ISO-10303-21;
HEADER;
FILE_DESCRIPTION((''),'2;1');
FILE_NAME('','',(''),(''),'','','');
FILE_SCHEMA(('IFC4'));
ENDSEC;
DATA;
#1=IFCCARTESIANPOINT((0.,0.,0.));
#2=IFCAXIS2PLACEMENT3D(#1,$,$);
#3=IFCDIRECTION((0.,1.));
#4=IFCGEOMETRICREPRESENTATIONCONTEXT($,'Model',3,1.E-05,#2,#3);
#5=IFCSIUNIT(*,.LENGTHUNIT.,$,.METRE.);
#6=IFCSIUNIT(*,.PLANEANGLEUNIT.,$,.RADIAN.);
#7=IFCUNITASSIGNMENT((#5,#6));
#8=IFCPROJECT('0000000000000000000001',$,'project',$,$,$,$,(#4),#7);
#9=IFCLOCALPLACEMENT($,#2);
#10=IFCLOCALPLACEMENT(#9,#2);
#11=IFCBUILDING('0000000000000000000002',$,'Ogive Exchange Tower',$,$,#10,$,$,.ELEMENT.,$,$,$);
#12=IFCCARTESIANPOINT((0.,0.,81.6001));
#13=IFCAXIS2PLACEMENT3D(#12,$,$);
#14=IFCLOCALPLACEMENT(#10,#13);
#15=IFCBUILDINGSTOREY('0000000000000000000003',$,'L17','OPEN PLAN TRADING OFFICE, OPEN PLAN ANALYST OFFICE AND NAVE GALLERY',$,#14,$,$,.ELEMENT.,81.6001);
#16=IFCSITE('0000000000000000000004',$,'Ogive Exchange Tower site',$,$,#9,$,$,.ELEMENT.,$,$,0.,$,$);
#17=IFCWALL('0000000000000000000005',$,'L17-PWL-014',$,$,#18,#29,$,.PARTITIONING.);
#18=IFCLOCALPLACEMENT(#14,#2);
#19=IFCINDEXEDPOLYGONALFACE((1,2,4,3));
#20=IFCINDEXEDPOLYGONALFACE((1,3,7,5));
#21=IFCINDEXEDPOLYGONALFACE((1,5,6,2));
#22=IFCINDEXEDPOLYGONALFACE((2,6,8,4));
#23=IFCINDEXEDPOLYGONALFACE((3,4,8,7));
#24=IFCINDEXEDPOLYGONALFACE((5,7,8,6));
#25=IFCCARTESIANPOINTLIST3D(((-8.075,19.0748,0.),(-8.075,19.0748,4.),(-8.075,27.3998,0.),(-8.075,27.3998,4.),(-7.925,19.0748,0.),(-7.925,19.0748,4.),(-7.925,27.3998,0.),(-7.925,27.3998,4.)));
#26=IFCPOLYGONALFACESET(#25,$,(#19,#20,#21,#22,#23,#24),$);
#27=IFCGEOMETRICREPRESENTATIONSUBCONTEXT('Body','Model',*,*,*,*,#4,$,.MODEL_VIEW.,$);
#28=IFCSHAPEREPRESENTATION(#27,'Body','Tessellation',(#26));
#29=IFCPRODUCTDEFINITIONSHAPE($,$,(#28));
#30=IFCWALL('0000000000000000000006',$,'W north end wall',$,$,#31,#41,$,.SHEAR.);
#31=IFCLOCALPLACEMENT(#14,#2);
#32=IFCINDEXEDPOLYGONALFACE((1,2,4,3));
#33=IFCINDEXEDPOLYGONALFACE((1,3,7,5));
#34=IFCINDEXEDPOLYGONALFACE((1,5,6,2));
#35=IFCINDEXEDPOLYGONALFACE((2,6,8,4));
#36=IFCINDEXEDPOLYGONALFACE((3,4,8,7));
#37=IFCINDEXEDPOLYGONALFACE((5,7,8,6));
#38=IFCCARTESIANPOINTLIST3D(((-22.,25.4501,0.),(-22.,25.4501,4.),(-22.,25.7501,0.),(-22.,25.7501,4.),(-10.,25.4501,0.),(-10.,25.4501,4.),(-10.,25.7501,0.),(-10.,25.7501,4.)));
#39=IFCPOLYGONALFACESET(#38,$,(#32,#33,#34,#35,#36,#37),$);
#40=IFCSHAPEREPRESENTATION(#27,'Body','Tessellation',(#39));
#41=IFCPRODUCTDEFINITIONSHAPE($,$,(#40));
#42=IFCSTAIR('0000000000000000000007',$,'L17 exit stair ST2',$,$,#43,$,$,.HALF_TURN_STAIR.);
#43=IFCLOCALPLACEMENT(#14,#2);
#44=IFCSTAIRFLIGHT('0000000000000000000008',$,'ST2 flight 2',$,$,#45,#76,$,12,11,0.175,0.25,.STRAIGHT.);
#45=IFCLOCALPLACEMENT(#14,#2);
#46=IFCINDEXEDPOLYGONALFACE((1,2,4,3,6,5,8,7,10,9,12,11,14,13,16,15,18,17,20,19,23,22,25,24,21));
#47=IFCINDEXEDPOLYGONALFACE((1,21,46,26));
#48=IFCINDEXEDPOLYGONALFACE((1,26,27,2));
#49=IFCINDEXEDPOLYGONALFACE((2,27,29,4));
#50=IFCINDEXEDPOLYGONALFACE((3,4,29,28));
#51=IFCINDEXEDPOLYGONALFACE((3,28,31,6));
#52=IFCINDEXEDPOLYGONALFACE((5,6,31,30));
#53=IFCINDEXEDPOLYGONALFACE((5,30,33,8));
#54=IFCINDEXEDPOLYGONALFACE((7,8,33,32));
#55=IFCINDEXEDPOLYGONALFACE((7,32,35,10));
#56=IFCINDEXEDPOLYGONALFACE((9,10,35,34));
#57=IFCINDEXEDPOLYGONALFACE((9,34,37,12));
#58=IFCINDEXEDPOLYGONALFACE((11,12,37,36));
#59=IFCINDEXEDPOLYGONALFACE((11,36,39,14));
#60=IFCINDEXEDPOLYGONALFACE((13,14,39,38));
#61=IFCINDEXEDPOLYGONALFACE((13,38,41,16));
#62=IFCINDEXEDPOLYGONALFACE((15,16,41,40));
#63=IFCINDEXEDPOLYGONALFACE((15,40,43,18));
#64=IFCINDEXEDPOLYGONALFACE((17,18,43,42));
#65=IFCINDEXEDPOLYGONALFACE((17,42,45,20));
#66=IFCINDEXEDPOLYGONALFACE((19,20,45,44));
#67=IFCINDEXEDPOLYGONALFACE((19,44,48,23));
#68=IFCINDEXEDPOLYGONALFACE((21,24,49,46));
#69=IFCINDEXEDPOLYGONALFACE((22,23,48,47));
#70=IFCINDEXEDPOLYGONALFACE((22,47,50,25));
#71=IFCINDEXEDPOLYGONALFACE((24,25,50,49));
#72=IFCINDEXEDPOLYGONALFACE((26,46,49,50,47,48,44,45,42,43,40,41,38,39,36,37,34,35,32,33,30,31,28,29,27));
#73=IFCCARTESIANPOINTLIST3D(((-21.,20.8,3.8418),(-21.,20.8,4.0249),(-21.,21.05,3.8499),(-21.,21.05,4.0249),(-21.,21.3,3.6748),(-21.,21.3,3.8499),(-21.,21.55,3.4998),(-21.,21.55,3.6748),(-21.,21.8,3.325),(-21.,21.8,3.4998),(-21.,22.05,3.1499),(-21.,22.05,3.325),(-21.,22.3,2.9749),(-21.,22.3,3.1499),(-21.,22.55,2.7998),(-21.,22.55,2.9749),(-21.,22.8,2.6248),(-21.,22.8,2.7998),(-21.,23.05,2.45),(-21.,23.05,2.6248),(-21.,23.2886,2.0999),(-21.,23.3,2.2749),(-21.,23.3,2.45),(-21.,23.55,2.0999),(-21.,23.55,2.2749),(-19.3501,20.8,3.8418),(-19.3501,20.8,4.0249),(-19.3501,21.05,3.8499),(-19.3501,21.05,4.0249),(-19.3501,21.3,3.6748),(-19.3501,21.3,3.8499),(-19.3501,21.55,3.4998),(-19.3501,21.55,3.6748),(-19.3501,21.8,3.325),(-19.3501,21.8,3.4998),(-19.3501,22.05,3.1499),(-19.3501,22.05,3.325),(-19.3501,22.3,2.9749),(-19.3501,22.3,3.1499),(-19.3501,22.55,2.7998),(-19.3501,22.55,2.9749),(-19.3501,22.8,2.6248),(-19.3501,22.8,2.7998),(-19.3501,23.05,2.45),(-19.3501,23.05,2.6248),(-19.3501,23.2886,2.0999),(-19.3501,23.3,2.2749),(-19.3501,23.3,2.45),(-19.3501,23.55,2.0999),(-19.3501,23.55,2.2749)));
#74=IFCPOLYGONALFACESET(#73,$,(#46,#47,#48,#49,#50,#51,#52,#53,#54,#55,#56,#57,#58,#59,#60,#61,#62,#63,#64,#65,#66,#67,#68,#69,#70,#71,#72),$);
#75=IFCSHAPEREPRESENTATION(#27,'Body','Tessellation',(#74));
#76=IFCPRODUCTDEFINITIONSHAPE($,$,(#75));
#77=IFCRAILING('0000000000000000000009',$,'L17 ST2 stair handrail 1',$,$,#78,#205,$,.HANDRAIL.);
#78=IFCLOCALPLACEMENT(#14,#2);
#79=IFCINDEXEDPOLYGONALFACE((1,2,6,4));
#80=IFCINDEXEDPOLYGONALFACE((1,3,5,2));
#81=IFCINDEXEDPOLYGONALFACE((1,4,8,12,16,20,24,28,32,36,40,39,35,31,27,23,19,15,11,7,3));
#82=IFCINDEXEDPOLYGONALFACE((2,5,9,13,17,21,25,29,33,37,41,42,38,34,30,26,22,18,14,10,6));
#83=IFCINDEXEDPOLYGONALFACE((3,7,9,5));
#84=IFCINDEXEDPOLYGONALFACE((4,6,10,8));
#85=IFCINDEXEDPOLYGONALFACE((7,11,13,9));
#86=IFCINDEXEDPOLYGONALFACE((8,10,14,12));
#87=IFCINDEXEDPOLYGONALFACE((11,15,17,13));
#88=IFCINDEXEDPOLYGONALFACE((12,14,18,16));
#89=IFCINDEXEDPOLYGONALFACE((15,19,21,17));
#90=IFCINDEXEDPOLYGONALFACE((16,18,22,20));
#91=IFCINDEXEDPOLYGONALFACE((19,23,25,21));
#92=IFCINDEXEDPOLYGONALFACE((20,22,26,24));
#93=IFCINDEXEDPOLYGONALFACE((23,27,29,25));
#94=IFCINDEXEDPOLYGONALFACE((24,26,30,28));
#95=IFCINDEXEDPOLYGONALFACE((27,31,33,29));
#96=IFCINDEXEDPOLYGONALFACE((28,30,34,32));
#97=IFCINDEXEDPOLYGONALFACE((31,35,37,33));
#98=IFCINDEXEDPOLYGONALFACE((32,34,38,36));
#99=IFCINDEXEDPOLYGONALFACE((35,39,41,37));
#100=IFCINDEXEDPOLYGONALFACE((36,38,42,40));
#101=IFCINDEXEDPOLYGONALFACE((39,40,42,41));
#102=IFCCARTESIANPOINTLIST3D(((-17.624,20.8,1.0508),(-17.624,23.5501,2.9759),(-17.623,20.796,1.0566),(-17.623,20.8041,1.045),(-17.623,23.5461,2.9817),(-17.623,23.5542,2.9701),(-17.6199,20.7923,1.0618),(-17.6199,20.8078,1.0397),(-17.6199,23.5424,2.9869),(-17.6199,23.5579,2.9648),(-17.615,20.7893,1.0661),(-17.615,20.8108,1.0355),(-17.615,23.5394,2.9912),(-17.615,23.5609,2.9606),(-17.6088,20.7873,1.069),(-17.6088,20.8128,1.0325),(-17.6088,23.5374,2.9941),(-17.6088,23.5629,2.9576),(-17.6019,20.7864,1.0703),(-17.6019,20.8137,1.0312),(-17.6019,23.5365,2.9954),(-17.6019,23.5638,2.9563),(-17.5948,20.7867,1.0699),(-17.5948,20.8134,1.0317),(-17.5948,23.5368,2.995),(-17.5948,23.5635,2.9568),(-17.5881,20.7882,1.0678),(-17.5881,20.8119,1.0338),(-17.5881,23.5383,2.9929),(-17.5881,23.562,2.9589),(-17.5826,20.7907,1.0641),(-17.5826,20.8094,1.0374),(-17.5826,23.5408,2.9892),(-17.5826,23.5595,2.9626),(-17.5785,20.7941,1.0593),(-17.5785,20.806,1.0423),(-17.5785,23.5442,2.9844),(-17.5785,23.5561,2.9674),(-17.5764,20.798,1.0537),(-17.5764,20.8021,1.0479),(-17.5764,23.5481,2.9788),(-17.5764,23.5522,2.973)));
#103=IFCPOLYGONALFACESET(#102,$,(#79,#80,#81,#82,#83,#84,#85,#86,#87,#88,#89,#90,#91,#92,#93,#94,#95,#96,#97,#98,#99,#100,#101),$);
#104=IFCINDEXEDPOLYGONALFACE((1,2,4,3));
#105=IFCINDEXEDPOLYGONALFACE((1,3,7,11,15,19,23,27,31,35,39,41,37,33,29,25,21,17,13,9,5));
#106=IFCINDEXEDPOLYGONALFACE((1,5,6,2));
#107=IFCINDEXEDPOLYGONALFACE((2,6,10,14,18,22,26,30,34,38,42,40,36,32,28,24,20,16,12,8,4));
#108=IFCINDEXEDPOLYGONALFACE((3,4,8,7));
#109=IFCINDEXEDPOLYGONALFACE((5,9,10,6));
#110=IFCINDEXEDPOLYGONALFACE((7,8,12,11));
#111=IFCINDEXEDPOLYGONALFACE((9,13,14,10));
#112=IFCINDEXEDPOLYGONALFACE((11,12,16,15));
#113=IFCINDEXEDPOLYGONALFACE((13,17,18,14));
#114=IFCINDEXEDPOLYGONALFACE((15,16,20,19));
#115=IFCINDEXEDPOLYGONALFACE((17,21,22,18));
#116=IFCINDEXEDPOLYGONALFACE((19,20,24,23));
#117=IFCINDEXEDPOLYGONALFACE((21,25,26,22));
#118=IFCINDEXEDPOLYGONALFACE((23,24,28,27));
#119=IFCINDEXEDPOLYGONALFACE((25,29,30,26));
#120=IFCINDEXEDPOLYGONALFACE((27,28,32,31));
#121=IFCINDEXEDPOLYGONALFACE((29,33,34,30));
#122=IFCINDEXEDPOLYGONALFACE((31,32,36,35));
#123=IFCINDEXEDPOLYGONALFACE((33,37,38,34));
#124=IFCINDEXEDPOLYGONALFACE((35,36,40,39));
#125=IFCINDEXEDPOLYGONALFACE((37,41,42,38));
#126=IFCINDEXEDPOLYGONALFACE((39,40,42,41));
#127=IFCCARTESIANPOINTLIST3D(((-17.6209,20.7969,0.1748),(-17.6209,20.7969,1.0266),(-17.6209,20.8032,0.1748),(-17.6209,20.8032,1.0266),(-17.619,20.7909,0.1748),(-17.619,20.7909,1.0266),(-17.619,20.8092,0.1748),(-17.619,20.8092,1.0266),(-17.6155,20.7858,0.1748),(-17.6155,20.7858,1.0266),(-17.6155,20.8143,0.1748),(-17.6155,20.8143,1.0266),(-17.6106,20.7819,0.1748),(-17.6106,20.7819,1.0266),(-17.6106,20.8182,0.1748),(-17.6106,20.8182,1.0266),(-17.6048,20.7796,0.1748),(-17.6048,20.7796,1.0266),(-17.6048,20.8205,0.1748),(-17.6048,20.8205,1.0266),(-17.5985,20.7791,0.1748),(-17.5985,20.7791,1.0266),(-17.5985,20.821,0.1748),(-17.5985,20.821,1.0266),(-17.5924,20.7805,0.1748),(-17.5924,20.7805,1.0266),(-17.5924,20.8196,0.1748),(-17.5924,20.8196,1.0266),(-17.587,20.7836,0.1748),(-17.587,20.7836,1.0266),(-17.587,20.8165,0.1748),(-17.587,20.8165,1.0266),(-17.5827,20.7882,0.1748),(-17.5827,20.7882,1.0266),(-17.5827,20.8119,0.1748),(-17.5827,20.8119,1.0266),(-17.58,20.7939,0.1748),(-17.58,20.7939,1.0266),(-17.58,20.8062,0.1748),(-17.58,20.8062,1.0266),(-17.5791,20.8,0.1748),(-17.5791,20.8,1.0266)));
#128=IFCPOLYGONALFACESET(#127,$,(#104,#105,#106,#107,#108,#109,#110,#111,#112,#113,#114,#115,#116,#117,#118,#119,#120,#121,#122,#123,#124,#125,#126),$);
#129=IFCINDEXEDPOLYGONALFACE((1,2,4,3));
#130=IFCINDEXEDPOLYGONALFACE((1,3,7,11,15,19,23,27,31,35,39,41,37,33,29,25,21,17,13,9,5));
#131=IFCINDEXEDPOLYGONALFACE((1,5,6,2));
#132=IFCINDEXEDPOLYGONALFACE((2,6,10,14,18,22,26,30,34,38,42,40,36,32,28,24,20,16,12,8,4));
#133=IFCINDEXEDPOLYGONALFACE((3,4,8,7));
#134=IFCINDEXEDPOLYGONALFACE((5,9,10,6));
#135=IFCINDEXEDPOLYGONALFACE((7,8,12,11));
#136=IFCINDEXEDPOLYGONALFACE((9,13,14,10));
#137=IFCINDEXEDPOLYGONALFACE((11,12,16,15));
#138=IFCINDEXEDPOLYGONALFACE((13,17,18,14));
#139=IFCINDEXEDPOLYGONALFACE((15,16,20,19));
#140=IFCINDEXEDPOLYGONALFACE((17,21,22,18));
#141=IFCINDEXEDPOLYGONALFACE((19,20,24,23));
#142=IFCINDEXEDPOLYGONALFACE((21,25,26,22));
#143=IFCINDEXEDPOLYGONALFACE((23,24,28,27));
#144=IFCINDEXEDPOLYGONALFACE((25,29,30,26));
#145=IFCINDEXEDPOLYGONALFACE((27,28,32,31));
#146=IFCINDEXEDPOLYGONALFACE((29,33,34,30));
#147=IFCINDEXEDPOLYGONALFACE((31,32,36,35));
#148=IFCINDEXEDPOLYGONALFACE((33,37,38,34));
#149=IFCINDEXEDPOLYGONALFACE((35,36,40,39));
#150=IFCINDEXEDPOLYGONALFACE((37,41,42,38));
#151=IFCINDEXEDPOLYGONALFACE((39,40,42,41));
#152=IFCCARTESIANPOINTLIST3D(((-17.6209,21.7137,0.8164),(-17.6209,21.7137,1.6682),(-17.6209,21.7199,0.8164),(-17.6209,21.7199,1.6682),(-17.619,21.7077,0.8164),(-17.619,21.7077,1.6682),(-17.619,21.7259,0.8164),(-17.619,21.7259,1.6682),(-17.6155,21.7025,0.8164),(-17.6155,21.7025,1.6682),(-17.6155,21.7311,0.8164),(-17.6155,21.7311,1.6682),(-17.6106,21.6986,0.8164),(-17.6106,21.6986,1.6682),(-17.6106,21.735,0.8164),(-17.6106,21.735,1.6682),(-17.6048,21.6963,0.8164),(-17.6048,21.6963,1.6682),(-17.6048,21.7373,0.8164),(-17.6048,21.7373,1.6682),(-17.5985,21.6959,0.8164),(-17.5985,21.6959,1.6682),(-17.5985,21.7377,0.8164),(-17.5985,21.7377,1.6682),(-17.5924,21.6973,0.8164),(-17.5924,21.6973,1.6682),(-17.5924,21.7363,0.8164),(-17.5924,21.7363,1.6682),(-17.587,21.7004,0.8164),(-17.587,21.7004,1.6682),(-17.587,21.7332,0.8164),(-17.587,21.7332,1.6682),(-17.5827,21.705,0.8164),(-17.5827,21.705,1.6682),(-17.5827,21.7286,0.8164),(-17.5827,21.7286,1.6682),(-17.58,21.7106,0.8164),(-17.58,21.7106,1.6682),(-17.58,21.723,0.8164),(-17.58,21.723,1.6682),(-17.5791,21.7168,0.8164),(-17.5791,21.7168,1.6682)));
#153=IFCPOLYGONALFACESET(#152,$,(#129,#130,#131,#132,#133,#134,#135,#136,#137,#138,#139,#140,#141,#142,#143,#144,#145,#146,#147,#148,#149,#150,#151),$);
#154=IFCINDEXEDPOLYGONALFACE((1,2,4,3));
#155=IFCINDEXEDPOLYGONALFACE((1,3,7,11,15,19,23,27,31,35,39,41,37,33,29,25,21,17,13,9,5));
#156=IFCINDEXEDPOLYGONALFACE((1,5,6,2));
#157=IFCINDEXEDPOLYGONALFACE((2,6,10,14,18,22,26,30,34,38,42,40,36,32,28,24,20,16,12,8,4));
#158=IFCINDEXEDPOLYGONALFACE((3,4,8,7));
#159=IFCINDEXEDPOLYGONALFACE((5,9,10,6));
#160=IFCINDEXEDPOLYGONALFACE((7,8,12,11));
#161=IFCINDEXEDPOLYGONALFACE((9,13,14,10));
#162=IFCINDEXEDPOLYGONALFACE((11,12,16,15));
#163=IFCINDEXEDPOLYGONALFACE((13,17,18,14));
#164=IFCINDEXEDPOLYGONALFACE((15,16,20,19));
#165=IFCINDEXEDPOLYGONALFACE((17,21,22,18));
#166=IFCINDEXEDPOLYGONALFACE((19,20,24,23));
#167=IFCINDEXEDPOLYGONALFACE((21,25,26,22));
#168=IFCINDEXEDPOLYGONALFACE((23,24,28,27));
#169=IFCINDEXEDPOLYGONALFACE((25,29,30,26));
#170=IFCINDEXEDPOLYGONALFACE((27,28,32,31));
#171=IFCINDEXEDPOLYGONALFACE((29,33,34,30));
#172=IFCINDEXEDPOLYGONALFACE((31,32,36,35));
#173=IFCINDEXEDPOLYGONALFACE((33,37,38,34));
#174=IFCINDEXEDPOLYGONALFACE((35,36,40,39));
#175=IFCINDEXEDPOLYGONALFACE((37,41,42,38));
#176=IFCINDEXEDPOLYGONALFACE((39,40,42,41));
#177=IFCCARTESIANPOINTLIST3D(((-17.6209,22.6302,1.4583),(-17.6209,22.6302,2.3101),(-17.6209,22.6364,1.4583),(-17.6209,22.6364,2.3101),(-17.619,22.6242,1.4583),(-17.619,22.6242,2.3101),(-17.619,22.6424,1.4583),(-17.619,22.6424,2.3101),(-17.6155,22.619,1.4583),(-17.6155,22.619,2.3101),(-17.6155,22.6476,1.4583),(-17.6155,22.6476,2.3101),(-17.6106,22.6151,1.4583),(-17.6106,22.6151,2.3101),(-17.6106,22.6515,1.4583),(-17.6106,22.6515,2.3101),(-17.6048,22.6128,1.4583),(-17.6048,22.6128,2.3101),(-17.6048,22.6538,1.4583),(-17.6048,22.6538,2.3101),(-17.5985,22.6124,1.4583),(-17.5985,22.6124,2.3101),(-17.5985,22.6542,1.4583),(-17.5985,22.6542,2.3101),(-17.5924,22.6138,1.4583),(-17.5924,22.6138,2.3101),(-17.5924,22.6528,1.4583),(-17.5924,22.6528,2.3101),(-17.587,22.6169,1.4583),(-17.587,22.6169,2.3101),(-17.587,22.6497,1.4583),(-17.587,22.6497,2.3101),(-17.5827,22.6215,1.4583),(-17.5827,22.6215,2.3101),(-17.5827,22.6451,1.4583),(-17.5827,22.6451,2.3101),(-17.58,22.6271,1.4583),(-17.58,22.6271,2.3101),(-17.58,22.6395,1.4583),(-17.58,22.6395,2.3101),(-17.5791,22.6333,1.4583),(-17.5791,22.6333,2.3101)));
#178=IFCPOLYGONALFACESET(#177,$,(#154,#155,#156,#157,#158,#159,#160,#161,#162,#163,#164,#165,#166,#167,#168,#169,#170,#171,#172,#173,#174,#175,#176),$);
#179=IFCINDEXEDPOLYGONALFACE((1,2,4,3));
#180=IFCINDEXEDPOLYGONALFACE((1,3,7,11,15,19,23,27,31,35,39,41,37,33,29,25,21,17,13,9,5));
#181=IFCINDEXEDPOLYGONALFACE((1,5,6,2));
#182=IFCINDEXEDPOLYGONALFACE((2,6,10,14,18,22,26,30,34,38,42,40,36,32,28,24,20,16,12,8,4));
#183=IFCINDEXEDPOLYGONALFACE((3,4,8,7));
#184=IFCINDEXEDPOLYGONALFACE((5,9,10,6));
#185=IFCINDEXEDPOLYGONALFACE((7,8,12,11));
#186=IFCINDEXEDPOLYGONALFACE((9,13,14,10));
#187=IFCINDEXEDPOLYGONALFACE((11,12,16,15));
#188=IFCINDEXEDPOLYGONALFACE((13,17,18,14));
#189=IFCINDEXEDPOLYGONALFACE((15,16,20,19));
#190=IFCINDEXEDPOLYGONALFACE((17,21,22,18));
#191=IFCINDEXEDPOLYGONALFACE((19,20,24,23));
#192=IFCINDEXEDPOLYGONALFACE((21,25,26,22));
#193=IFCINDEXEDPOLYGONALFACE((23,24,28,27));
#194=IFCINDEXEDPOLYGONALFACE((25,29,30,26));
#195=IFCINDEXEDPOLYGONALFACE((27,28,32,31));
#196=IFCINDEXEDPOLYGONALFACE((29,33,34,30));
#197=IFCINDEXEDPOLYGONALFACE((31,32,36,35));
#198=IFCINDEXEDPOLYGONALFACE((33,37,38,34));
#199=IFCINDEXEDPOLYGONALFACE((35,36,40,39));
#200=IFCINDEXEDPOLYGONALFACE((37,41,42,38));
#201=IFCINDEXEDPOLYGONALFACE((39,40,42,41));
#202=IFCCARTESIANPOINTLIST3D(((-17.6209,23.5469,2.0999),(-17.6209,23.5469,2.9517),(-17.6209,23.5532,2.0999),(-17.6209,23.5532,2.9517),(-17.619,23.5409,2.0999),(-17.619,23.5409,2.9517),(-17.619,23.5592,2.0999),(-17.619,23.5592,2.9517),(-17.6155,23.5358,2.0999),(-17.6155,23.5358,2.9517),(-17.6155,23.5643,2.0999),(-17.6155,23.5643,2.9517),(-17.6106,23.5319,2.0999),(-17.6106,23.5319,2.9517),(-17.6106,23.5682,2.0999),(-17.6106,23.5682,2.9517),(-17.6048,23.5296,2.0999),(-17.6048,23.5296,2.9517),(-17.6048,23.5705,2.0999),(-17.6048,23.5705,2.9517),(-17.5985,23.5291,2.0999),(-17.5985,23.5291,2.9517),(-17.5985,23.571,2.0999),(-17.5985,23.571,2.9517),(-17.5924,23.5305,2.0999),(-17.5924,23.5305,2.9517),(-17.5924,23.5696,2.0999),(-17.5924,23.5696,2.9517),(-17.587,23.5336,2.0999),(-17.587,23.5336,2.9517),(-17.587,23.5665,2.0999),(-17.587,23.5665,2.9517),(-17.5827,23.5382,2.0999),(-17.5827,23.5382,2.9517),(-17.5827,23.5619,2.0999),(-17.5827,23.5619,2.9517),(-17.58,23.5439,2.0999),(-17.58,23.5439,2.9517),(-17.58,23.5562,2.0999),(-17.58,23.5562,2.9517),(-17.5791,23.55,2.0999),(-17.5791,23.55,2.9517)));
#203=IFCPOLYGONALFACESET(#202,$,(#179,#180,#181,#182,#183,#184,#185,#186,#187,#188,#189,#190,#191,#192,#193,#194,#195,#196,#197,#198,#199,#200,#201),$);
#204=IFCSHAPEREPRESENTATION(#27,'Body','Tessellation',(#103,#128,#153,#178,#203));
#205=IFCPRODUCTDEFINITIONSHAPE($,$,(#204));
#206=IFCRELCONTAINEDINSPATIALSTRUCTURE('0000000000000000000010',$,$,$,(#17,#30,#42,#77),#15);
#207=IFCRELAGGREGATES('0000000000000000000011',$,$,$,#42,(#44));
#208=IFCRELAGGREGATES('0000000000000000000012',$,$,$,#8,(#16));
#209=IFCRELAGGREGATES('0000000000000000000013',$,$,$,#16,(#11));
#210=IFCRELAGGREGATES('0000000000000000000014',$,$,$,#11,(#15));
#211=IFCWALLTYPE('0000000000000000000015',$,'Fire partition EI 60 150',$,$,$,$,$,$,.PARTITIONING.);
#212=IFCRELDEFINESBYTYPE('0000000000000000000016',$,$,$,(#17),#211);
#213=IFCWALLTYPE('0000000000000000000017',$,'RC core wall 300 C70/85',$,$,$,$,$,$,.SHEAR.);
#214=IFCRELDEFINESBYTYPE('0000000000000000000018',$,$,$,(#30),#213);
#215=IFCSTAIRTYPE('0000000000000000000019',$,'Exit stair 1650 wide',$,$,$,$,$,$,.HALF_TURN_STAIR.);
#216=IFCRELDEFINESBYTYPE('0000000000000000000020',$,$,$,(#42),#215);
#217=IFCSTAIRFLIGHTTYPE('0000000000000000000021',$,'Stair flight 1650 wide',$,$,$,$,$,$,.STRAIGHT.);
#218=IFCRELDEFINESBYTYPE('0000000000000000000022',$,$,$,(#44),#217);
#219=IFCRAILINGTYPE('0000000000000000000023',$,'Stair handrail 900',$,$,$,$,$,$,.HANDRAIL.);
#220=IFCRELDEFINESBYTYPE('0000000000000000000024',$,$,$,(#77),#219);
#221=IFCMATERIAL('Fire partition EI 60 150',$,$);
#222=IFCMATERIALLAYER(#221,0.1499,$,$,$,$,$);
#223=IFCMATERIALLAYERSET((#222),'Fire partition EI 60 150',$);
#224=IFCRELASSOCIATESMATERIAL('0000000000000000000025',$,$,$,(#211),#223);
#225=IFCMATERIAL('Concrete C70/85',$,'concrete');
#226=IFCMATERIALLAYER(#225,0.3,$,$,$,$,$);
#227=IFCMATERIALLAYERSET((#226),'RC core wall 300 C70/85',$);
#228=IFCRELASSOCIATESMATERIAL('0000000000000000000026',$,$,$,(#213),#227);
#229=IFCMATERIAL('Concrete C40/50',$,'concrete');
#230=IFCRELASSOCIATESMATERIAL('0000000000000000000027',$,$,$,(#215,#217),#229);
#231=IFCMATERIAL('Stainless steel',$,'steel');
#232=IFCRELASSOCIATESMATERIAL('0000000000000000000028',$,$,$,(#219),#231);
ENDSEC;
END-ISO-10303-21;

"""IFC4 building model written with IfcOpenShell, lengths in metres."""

from ifc_helpers import new_model, si_unit, direction, frame, frame_2d, origin, origin_2d, place, context, subcontext, project, spatial, polyline, rectangle, circle, outline, extrude, material, layer, layer_set, type_object, element, aggregate, save


model = new_model("IFC4")

# Units and contexts
model_context = context("Model", 3, precision=1e-05, world=origin(), true_north=direction((0.0, 1.0)))
body_context = subcontext(model_context, "Body", "Model", "MODEL_VIEW")
ifc_project = project(units=[si_unit("LENGTHUNIT", "METRE"), si_unit("PLANEANGLEUNIT", "RADIAN")], contexts=[model_context])

# Site, building, storey
site_placement = place(None, origin())
site = spatial("IfcSite", under=ifc_project, at=site_placement, Name="Ogive Exchange Tower site", CompositionType="ELEMENT", RefElevation=0.0)
building_placement = place(site_placement, origin())
building = spatial("IfcBuilding", under=site, at=building_placement, Name="Ogive Exchange Tower", CompositionType="ELEMENT")
storey_placement = place(building_placement, frame((0.0, 0.0, 81.6001)))
storey = spatial("IfcBuildingStorey", under=building, at=storey_placement, Name="L17", Description="OPEN PLAN TRADING OFFICE, OPEN PLAN ANALYST OFFICE AND NAVE GALLERY", CompositionType="ELEMENT", Elevation=81.6001)

# Walls
ifc_material_1 = material(Name="Fire partition EI 60 150")
ifc_layer_1 = layer(ifc_material_1, 0.1499)
ifc_layer_set_1 = layer_set([ifc_layer_1], Name="Fire partition EI 60 150")
wall_type_1 = type_object("IfcWallType", Name="Fire partition EI 60 150", PredefinedType="PARTITIONING", material=ifc_layer_set_1)
wall_1_placement = place(storey_placement, frame((-8.0, 27.3999, 0.0), z_axis=(0.0, 0.0, 1.0), x_axis=(0.0, -1.0, 0.0)))
element("IfcWall", 1, at=wall_1_placement, inside=storey, type_object=wall_type_1, Name="L17-PWL-014", PredefinedType="PARTITIONING", context=body_context, shape_type="SweptSolid", body=[
    extrude(rectangle(XDim=8.325, YDim=0.1499, at=frame_2d((4.1626, 0.0))), origin(), (0.0, 0.0, 1.0), 4.0),
])
ifc_material_2 = material(Name="Concrete C70/85", Category="concrete")
ifc_layer_2 = layer(ifc_material_2, 0.3)
ifc_layer_set_2 = layer_set([ifc_layer_2], Name="RC core wall 300 C70/85")
wall_type_2 = type_object("IfcWallType", Name="RC core wall 300 C70/85", PredefinedType="SHEAR", material=ifc_layer_set_2)
wall_2_placement = place(storey_placement, frame((-22.0, 25.6001, 0.0), z_axis=(0.0, 0.0, 1.0), x_axis=(1.0, 0.0, 0.0)))
element("IfcWall", 2, at=wall_2_placement, inside=storey, type_object=wall_type_2, Name="W north end wall", PredefinedType="SHEAR", context=body_context, shape_type="SweptSolid", body=[
    extrude(rectangle(XDim=12.0, YDim=0.3, at=frame_2d((6.0, 0.0))), origin(), (0.0, 0.0, 1.0), 4.0),
])

# Stair, stair flight
ifc_material_3 = material(Name="Concrete C40/50", Category="concrete")
stair_type = type_object("IfcStairType", Name="Exit stair 1650 wide", PredefinedType="HALF_TURN_STAIR", material=ifc_material_3)
stair_placement = place(storey_placement, origin())
stair = element("IfcStair", 3, at=stair_placement, inside=storey, type_object=stair_type, Name="L17 exit stair ST2", PredefinedType="HALF_TURN_STAIR")
stair_flight_type = type_object("IfcStairFlightType", Name="Stair flight 1650 wide", PredefinedType="STRAIGHT", material=ifc_material_3)
stair_flight_placement = place(storey_placement, frame((-20.175, 23.55, 2.0999), z_axis=(0.0, 0.0, 1.0), x_axis=(0.0, -1.0, 0.0)))
stair_flight = element("IfcStairFlight", 4, at=stair_flight_placement, type_object=stair_flight_type, Name="ST2 flight 2", NumberOfRisers=12, NumberOfTreads=11, PredefinedType="STRAIGHT", RiserHeight=0.175, TreadLength=0.25, context=body_context, shape_type="SweptSolid", body=[
    extrude(outline(polyline([(0.0, 0.0), (0.0, 0.175), (0.25, 0.175), (0.25, 0.3501), (0.5, 0.3501), (0.5, 0.5249), (0.75, 0.5249), (0.75, 0.7), (1.0, 0.7), (1.0, 0.875), (1.25, 0.875), (1.25, 1.05), (1.5, 1.05), (1.5, 1.2251), (1.75, 1.2251), (1.75, 1.3999), (2.0, 1.3999), (2.0, 1.575), (2.25, 1.575), (2.25, 1.75), (2.5, 1.75), (2.5, 1.925), (2.75, 1.925), (2.75, 2.1001), (2.75, 1.7419), (0.2615, 0.0), (0.0, 0.0)])), frame((0.0, 0.825, 0.0), z_axis=(0.0, -1.0, 0.0), x_axis=(1.0, 0.0, 0.0)), (0.0, 0.0, 1.0), 1.6499),
])
aggregate(stair, [stair_flight])

# Railing
ifc_material_4 = material(Name="Stainless steel", Category="steel")
railing_type = type_object("IfcRailingType", Name="Stair handrail 900", PredefinedType="HANDRAIL", material=ifc_material_4)
railing_1_placement = place(storey_placement, frame((-17.6001, 20.8, 0.1748)))
element("IfcRailing", 5, at=railing_1_placement, inside=storey, type_object=railing_type, Name="L17 ST2 stair handrail 1", PredefinedType="HANDRAIL", context=body_context, shape_type="SweptSolid", body=[
    extrude(circle(Radius=0.0239, at=origin_2d()), frame((0.0, 0.0, 0.876), z_axis=(0.0, 0.819225, 0.573472), x_axis=(-1.0, 0.0, 0.0)), (0.0, 0.0, 1.0), 3.3569),
    extrude(circle(Radius=0.021, at=origin_2d()), origin(), (0.0, 0.0, 1.0), 0.8518),
    extrude(circle(Radius=0.021, at=origin_2d()), frame((0.0, 0.9167, 0.6416)), (0.0, 0.0, 1.0), 0.8518),
    extrude(circle(Radius=0.021, at=origin_2d()), frame((0.0, 1.8333, 1.2834)), (0.0, 0.0, 1.0), 0.8518),
    extrude(circle(Radius=0.021, at=origin_2d()), frame((0.0, 2.75, 1.925)), (0.0, 0.0, 1.0), 0.8518),
])

save(model, "model.ifc")
